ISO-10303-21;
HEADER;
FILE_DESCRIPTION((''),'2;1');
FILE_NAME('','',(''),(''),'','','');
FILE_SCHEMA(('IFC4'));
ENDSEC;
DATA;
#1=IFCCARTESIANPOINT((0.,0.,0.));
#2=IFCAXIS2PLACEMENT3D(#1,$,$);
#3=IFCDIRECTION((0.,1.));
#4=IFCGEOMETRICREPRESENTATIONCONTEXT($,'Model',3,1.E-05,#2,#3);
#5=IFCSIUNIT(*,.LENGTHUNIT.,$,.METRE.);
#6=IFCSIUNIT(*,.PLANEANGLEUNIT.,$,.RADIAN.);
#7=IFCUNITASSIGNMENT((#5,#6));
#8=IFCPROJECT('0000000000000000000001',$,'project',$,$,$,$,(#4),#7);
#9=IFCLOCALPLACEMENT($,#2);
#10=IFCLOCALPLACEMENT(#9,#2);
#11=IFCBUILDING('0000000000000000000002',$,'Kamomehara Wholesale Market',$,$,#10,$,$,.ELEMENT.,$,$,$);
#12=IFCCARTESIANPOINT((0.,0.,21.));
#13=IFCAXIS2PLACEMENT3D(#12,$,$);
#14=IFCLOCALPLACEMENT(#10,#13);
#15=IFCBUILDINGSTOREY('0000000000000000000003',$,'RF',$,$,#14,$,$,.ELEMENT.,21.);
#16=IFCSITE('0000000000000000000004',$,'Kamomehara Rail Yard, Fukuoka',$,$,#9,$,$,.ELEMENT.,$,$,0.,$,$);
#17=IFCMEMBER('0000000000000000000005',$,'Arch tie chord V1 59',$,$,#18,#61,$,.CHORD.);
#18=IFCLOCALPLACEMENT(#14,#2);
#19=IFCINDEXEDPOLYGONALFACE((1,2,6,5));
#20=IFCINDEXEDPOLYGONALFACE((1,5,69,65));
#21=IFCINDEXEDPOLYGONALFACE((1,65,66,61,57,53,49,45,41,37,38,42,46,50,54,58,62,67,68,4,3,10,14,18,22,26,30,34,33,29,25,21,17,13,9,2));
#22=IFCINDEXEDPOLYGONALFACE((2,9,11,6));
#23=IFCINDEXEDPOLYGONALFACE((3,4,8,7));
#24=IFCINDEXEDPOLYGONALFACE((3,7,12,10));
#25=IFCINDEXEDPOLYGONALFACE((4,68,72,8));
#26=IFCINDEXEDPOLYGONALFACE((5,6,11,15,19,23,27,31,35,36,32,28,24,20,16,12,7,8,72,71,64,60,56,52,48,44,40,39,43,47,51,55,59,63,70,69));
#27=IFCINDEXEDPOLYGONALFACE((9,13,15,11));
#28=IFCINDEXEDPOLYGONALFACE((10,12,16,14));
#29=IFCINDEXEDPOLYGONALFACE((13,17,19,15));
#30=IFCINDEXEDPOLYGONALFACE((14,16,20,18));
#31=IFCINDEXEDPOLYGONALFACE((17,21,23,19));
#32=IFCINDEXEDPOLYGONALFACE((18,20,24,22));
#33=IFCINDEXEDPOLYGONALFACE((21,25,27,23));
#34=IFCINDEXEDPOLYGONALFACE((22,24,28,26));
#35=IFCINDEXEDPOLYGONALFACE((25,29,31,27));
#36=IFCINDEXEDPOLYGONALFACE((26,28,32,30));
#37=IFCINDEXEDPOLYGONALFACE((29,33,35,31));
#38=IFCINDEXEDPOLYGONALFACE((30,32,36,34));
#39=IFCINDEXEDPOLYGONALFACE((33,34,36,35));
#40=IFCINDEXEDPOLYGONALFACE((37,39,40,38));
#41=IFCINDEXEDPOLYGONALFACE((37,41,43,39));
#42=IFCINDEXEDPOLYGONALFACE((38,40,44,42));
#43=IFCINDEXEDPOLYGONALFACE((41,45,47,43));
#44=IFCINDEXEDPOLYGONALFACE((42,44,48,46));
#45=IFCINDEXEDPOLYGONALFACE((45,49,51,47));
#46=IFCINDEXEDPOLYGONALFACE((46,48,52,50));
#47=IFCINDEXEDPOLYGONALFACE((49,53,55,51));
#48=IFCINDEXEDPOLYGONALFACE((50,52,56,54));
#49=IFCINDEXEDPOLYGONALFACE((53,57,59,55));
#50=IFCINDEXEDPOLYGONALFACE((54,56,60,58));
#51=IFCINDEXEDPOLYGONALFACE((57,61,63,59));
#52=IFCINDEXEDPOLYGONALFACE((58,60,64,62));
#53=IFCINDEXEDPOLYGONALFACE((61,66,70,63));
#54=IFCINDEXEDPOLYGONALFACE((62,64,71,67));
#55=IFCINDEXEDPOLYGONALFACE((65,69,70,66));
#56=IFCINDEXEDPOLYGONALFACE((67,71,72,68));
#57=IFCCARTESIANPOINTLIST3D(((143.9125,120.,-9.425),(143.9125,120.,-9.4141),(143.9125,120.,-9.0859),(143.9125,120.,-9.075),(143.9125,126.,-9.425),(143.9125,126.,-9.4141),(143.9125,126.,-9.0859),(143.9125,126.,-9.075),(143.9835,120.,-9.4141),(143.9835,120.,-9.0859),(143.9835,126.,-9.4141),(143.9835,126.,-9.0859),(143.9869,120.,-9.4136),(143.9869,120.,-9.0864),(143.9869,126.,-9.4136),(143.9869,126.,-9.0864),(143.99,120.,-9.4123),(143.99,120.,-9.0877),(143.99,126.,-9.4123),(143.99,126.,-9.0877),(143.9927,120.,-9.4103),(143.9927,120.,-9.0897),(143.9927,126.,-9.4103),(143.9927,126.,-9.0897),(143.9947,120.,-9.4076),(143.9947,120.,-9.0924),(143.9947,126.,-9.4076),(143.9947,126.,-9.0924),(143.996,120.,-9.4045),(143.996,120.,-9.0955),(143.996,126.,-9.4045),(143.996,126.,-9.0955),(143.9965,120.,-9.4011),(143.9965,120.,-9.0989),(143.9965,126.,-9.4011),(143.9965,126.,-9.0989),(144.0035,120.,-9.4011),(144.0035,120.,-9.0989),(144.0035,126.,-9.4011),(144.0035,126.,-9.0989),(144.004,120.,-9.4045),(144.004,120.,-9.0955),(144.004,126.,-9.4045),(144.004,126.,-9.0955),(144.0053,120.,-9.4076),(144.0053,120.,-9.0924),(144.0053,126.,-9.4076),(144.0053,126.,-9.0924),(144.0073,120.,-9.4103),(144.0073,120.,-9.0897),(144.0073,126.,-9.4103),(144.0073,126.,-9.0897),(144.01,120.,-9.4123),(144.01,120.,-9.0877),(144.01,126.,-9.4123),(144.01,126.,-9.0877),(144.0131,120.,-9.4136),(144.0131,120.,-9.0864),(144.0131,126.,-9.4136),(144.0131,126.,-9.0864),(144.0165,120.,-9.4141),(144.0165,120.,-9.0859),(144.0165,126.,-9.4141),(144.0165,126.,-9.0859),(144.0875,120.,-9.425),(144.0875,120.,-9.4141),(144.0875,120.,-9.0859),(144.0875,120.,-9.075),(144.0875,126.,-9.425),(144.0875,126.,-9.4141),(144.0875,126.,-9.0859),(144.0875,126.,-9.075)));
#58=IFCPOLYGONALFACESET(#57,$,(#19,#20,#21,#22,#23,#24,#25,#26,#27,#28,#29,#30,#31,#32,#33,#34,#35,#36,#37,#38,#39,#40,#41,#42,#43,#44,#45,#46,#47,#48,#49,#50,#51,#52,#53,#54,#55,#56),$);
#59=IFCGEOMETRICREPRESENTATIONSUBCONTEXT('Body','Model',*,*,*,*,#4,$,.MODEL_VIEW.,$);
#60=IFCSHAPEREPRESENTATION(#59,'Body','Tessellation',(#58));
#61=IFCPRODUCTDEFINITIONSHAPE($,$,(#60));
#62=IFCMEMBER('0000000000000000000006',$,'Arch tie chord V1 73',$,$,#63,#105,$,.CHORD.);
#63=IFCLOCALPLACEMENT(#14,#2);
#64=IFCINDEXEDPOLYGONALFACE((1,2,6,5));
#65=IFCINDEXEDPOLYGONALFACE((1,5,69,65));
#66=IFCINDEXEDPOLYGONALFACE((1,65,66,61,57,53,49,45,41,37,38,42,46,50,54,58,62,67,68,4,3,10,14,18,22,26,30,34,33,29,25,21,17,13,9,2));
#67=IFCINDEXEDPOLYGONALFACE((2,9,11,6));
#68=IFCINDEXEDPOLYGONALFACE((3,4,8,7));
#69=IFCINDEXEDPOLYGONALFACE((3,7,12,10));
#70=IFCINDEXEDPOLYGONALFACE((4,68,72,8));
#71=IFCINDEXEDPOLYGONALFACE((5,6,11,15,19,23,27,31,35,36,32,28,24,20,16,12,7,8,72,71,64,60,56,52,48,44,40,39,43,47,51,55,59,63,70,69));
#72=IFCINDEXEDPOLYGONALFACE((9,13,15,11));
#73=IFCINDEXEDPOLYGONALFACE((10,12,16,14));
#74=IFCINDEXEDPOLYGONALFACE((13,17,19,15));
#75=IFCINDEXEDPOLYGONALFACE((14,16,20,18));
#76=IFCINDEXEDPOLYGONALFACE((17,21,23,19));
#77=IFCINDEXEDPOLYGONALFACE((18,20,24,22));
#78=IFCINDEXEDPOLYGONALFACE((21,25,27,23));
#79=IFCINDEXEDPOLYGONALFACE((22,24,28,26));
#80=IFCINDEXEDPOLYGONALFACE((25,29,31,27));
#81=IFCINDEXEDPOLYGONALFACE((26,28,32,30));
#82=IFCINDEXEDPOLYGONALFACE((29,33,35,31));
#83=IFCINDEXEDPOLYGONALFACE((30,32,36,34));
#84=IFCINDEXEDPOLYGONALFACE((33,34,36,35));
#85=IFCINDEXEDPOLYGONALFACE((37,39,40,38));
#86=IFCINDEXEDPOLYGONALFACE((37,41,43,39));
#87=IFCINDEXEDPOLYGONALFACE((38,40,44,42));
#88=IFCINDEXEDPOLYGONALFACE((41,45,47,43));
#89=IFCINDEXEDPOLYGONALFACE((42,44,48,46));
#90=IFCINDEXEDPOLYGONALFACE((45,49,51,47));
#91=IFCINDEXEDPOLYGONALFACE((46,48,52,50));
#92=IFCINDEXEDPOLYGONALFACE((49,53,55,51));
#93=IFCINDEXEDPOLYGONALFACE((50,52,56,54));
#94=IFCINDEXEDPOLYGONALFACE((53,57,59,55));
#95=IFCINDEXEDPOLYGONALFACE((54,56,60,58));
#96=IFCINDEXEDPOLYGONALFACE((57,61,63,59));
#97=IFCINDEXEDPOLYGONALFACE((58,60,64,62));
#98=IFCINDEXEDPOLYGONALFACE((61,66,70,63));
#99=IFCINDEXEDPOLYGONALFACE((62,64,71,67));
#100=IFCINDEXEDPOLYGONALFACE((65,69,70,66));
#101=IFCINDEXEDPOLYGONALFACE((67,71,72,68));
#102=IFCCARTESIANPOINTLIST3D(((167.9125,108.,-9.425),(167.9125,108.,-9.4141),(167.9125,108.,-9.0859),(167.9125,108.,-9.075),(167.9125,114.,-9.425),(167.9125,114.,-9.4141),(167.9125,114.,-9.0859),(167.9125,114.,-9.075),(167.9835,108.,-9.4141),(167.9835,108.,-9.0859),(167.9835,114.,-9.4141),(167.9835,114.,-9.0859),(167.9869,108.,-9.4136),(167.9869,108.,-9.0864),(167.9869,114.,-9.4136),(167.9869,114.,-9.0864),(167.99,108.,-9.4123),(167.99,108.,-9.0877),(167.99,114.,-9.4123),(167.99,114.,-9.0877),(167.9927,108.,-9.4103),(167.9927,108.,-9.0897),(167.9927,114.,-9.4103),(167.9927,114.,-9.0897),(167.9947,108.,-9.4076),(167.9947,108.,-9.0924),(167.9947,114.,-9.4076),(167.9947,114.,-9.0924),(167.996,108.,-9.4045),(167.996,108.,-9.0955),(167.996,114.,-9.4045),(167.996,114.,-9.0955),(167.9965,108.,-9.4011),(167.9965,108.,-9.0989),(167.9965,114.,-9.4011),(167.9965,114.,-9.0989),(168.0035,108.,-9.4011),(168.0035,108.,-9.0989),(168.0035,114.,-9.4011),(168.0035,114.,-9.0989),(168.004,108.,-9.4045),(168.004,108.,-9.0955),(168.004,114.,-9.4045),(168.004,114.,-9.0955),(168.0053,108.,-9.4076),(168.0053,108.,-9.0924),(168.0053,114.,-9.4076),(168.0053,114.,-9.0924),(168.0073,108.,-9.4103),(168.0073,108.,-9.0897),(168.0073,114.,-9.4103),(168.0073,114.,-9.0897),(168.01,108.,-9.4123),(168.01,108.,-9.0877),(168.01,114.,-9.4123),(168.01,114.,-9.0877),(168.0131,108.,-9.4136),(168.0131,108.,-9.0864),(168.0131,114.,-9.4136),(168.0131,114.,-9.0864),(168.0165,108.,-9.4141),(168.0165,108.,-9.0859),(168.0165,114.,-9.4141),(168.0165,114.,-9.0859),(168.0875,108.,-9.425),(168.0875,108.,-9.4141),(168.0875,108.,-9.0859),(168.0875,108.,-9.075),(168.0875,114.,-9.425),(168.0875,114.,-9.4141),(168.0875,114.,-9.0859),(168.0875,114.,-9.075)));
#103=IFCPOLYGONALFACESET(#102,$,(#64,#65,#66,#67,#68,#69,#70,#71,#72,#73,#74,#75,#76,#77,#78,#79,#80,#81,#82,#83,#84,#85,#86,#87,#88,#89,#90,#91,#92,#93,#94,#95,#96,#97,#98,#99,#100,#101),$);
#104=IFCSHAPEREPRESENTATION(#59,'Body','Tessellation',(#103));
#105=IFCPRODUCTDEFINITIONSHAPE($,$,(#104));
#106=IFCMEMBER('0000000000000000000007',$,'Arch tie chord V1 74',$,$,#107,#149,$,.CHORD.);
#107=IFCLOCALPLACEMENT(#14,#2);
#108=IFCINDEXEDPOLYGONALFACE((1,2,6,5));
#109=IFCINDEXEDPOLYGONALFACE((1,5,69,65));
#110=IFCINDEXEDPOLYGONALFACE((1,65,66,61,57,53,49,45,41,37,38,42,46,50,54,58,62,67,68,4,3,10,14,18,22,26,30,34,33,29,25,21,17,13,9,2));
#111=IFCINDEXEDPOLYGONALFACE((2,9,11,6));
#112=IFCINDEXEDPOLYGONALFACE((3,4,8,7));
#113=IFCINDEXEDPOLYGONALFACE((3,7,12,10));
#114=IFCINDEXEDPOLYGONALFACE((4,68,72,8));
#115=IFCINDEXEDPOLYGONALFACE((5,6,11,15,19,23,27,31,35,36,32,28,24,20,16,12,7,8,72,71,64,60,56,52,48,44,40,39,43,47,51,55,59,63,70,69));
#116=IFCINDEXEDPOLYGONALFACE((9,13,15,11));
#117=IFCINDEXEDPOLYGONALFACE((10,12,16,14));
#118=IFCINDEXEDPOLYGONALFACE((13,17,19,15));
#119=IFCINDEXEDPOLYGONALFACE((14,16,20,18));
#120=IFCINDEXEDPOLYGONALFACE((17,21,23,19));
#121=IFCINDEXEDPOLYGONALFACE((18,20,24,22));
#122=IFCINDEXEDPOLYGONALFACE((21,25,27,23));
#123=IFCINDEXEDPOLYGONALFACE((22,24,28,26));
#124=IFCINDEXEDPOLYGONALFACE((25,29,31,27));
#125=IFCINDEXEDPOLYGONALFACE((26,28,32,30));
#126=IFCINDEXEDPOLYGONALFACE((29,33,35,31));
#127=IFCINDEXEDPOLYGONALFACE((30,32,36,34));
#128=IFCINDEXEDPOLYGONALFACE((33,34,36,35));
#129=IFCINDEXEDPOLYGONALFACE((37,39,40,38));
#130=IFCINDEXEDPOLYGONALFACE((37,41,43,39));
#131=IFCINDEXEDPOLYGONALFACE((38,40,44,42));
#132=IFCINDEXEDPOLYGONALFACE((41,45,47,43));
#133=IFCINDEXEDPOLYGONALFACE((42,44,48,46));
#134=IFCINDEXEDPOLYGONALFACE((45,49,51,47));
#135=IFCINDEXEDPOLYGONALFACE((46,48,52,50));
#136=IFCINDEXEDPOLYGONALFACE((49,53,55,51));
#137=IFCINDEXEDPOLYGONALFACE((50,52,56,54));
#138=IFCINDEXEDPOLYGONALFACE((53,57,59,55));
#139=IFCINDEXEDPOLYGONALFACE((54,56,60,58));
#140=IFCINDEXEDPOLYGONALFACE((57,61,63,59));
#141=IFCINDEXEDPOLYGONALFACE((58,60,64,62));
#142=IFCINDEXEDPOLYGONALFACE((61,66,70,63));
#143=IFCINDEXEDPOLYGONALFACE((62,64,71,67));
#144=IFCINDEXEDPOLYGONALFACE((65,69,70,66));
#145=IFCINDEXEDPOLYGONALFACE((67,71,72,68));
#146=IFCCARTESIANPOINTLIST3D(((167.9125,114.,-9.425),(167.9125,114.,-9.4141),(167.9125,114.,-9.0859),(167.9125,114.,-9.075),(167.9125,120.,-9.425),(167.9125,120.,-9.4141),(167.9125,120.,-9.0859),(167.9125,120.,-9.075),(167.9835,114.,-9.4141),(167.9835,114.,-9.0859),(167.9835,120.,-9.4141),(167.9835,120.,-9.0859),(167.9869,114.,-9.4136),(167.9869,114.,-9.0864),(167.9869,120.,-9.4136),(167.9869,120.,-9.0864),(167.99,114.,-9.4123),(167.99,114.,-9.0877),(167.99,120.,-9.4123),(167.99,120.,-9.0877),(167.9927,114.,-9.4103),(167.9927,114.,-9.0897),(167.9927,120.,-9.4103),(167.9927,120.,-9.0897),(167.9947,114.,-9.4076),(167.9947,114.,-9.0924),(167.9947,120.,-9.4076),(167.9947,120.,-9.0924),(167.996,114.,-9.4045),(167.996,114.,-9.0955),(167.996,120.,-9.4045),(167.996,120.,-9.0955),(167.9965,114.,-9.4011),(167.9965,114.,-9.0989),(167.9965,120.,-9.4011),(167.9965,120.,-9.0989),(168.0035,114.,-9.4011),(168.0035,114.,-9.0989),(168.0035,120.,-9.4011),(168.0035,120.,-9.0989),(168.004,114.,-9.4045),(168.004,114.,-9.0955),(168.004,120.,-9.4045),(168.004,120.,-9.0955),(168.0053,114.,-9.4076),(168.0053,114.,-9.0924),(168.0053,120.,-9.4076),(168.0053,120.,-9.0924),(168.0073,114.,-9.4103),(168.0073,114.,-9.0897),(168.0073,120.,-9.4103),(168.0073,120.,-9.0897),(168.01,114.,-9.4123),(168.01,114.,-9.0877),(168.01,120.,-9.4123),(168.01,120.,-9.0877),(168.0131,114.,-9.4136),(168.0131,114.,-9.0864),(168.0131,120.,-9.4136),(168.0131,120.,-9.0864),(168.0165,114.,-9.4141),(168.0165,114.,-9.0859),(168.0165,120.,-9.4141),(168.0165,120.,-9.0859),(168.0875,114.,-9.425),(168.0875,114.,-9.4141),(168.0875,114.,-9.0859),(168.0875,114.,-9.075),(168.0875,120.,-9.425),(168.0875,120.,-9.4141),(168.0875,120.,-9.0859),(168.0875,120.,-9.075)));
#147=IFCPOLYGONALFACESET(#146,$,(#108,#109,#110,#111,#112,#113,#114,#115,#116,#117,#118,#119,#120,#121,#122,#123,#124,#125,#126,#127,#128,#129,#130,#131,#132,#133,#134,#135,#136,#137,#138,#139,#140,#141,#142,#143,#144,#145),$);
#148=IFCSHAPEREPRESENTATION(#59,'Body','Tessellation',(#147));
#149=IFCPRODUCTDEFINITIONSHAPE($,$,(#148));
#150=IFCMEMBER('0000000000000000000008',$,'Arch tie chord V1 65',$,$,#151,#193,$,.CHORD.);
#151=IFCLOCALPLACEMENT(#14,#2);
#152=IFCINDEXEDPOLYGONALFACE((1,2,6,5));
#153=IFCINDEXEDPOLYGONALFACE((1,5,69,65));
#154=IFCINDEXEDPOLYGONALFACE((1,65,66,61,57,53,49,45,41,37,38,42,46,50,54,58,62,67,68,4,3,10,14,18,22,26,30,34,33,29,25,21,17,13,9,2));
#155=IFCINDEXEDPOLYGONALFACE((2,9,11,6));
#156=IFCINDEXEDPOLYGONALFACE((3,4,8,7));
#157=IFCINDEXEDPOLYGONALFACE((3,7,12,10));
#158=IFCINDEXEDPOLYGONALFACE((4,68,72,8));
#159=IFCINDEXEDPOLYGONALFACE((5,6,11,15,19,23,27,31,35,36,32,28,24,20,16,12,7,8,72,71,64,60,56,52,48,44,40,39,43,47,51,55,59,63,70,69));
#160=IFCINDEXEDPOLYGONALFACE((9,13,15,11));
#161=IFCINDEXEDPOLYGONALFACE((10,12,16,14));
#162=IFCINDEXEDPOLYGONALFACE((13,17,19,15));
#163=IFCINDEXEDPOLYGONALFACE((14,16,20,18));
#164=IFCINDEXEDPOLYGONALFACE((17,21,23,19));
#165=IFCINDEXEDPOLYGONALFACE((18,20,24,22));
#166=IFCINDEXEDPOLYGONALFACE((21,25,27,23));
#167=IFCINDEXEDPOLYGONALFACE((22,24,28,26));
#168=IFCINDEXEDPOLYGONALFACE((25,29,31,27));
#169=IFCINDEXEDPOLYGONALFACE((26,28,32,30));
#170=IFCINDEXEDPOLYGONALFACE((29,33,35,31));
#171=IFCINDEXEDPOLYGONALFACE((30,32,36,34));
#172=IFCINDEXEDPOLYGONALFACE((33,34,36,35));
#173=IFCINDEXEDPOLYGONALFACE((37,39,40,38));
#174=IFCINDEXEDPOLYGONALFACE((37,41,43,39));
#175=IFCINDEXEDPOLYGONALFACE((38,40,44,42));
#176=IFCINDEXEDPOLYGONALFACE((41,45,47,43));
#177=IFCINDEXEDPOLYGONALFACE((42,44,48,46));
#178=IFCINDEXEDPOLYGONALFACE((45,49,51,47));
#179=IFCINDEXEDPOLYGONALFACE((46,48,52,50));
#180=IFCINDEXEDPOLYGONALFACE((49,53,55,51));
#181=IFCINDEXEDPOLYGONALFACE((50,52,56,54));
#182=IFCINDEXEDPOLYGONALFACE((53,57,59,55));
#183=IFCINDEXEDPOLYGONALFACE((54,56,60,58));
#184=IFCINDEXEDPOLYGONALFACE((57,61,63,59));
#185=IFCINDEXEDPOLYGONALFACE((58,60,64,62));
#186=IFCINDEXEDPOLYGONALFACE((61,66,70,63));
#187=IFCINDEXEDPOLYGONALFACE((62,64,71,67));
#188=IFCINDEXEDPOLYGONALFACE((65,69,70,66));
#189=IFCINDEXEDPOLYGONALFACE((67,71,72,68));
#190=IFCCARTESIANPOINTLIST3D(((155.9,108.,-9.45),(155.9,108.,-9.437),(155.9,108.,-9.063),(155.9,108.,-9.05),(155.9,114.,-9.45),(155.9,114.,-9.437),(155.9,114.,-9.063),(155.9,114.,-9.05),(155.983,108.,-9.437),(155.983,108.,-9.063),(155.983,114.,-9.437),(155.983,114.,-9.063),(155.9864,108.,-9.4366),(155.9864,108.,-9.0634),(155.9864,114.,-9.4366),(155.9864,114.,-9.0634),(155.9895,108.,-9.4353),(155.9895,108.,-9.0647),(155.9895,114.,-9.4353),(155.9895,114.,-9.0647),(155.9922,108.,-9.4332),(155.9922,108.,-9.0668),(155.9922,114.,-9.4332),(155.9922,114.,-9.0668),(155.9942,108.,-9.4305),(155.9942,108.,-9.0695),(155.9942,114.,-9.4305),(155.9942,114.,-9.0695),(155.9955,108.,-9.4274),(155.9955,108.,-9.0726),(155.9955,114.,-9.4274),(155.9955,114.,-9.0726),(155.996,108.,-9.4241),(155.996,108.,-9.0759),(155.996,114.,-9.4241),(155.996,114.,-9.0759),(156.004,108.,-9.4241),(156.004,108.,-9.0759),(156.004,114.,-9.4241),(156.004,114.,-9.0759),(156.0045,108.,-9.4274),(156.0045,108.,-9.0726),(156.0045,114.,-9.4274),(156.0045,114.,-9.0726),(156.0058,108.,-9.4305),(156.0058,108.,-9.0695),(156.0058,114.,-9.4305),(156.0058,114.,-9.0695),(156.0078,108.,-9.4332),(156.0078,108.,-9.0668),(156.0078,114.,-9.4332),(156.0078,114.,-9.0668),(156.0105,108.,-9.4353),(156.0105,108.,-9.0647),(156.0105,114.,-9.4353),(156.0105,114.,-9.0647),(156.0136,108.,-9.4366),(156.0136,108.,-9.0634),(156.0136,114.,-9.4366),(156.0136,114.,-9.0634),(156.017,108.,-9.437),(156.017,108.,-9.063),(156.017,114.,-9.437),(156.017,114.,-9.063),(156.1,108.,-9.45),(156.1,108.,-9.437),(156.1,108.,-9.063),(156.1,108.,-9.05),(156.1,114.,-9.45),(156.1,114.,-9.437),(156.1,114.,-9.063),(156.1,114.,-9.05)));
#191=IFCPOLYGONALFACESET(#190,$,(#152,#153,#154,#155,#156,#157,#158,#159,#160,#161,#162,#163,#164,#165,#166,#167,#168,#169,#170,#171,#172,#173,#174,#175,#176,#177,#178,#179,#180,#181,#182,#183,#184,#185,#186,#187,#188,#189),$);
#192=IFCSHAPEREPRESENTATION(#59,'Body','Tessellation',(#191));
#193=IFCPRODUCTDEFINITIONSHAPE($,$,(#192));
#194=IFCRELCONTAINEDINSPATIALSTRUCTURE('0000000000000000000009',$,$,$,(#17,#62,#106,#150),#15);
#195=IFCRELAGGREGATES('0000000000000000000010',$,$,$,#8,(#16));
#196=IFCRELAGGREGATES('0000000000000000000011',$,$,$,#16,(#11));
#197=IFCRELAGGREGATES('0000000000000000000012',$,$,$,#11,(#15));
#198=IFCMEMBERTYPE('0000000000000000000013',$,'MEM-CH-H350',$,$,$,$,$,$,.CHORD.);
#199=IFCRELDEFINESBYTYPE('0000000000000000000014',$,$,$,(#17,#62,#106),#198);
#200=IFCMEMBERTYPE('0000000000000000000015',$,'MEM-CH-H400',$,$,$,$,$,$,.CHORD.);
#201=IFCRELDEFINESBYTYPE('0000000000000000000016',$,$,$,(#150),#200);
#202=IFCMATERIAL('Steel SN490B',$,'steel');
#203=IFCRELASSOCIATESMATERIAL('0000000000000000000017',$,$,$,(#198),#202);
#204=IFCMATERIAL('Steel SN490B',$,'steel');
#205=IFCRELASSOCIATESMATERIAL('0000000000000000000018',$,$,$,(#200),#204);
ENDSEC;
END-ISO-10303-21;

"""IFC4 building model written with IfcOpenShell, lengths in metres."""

from ifc_helpers import new_model, si_unit, direction, frame, origin, origin_2d, place, context, subcontext, project, spatial, i_section, extrude, material, material_profile, profile_set, type_object, element, save


model = new_model("IFC4")

# Units and contexts
model_context = context("Model", 3, precision=1e-05, world=origin(), true_north=direction((0.0, 1.0)))
body_context = subcontext(model_context, "Body", "Model", "MODEL_VIEW")
ifc_project = project(units=[si_unit("LENGTHUNIT", "METRE"), si_unit("PLANEANGLEUNIT", "RADIAN")], contexts=[model_context])

# Site, building, storey
site_placement = place(None, origin())
site = spatial("IfcSite", under=ifc_project, at=site_placement, Name="Kamomehara Rail Yard, Fukuoka", CompositionType="ELEMENT", RefElevation=0.0)
building_placement = place(site_placement, origin())
building = spatial("IfcBuilding", under=site, at=building_placement, Name="Kamomehara Wholesale Market", CompositionType="ELEMENT")
storey_placement = place(building_placement, frame((0.0, 0.0, 21.0)))
storey = spatial("IfcBuildingStorey", under=building, at=storey_placement, Name="RF", CompositionType="ELEMENT", Elevation=21.0)

# Members
ifc_material_1 = material(Name="Steel SN490B", Category="steel")
ifc_material_profile_1 = material_profile(ifc_material_1, i_section(OverallWidth=0.175, OverallDepth=0.3501, WebThickness=0.0071, FlangeThickness=0.011, FilletRadius=0.0129, at=origin_2d()), Name="H-350x175x7x11")
ifc_profile_set_1 = profile_set([ifc_material_profile_1], Name="Steel SN490B")
member_type_1 = type_object("IfcMemberType", Name="MEM-CH-H350", PredefinedType="CHORD", material=ifc_profile_set_1)
for number, where, z_axis, x_axis, name in (
    (1, (144.0, 120.0, -9.25), (0.0, 1.0, 0.0), (-1.0, 0.0, 0.0), "Arch tie chord V1 59"),
    (2, (168.0, 108.0, -9.25), (0.0, 1.0, 0.0), (-1.0, 0.0, 0.0), "Arch tie chord V1 73"),
    (3, (168.0, 114.0, -9.25), (0.0, 1.0, 0.0), (-1.0, 0.0, 0.0), "Arch tie chord V1 74"),
):
    element("IfcMember", number, at=place(storey_placement, frame(where, z_axis=z_axis, x_axis=x_axis)), inside=storey, type_object=member_type_1, Name=name, PredefinedType="CHORD", context=body_context, shape_type="SweptSolid", body=[
        extrude(i_section(OverallWidth=0.175, OverallDepth=0.3501, WebThickness=0.0071, FlangeThickness=0.011, FilletRadius=0.0129, at=origin_2d()), origin(), (0.0, 0.0, 1.0), 6.0),
    ])
ifc_material_2 = material(Name="Steel SN490B", Category="steel")
ifc_material_profile_2 = material_profile(ifc_material_2, i_section(OverallWidth=0.2, OverallDepth=0.3999, WebThickness=0.0081, FlangeThickness=0.0129, FilletRadius=0.0129, at=origin_2d()), Name="H-400x200x8x13")
ifc_profile_set_2 = profile_set([ifc_material_profile_2], Name="Steel SN490B")
member_type_2 = type_object("IfcMemberType", Name="MEM-CH-H400", PredefinedType="CHORD", material=ifc_profile_set_2)
for number, where, z_axis, x_axis, name in (
    (4, (156.0, 108.0, -9.25), (0.0, 1.0, 0.0), (-1.0, 0.0, 0.0), "Arch tie chord V1 65"),
):
    element("IfcMember", number, at=place(storey_placement, frame(where, z_axis=z_axis, x_axis=x_axis)), inside=storey, type_object=member_type_2, Name=name, PredefinedType="CHORD", context=body_context, shape_type="SweptSolid", body=[
        extrude(i_section(OverallWidth=0.2, OverallDepth=0.3999, WebThickness=0.0081, FlangeThickness=0.0129, FilletRadius=0.0129, at=origin_2d()), origin(), (0.0, 0.0, 1.0), 6.0),
    ])

save(model, "model.ifc")
